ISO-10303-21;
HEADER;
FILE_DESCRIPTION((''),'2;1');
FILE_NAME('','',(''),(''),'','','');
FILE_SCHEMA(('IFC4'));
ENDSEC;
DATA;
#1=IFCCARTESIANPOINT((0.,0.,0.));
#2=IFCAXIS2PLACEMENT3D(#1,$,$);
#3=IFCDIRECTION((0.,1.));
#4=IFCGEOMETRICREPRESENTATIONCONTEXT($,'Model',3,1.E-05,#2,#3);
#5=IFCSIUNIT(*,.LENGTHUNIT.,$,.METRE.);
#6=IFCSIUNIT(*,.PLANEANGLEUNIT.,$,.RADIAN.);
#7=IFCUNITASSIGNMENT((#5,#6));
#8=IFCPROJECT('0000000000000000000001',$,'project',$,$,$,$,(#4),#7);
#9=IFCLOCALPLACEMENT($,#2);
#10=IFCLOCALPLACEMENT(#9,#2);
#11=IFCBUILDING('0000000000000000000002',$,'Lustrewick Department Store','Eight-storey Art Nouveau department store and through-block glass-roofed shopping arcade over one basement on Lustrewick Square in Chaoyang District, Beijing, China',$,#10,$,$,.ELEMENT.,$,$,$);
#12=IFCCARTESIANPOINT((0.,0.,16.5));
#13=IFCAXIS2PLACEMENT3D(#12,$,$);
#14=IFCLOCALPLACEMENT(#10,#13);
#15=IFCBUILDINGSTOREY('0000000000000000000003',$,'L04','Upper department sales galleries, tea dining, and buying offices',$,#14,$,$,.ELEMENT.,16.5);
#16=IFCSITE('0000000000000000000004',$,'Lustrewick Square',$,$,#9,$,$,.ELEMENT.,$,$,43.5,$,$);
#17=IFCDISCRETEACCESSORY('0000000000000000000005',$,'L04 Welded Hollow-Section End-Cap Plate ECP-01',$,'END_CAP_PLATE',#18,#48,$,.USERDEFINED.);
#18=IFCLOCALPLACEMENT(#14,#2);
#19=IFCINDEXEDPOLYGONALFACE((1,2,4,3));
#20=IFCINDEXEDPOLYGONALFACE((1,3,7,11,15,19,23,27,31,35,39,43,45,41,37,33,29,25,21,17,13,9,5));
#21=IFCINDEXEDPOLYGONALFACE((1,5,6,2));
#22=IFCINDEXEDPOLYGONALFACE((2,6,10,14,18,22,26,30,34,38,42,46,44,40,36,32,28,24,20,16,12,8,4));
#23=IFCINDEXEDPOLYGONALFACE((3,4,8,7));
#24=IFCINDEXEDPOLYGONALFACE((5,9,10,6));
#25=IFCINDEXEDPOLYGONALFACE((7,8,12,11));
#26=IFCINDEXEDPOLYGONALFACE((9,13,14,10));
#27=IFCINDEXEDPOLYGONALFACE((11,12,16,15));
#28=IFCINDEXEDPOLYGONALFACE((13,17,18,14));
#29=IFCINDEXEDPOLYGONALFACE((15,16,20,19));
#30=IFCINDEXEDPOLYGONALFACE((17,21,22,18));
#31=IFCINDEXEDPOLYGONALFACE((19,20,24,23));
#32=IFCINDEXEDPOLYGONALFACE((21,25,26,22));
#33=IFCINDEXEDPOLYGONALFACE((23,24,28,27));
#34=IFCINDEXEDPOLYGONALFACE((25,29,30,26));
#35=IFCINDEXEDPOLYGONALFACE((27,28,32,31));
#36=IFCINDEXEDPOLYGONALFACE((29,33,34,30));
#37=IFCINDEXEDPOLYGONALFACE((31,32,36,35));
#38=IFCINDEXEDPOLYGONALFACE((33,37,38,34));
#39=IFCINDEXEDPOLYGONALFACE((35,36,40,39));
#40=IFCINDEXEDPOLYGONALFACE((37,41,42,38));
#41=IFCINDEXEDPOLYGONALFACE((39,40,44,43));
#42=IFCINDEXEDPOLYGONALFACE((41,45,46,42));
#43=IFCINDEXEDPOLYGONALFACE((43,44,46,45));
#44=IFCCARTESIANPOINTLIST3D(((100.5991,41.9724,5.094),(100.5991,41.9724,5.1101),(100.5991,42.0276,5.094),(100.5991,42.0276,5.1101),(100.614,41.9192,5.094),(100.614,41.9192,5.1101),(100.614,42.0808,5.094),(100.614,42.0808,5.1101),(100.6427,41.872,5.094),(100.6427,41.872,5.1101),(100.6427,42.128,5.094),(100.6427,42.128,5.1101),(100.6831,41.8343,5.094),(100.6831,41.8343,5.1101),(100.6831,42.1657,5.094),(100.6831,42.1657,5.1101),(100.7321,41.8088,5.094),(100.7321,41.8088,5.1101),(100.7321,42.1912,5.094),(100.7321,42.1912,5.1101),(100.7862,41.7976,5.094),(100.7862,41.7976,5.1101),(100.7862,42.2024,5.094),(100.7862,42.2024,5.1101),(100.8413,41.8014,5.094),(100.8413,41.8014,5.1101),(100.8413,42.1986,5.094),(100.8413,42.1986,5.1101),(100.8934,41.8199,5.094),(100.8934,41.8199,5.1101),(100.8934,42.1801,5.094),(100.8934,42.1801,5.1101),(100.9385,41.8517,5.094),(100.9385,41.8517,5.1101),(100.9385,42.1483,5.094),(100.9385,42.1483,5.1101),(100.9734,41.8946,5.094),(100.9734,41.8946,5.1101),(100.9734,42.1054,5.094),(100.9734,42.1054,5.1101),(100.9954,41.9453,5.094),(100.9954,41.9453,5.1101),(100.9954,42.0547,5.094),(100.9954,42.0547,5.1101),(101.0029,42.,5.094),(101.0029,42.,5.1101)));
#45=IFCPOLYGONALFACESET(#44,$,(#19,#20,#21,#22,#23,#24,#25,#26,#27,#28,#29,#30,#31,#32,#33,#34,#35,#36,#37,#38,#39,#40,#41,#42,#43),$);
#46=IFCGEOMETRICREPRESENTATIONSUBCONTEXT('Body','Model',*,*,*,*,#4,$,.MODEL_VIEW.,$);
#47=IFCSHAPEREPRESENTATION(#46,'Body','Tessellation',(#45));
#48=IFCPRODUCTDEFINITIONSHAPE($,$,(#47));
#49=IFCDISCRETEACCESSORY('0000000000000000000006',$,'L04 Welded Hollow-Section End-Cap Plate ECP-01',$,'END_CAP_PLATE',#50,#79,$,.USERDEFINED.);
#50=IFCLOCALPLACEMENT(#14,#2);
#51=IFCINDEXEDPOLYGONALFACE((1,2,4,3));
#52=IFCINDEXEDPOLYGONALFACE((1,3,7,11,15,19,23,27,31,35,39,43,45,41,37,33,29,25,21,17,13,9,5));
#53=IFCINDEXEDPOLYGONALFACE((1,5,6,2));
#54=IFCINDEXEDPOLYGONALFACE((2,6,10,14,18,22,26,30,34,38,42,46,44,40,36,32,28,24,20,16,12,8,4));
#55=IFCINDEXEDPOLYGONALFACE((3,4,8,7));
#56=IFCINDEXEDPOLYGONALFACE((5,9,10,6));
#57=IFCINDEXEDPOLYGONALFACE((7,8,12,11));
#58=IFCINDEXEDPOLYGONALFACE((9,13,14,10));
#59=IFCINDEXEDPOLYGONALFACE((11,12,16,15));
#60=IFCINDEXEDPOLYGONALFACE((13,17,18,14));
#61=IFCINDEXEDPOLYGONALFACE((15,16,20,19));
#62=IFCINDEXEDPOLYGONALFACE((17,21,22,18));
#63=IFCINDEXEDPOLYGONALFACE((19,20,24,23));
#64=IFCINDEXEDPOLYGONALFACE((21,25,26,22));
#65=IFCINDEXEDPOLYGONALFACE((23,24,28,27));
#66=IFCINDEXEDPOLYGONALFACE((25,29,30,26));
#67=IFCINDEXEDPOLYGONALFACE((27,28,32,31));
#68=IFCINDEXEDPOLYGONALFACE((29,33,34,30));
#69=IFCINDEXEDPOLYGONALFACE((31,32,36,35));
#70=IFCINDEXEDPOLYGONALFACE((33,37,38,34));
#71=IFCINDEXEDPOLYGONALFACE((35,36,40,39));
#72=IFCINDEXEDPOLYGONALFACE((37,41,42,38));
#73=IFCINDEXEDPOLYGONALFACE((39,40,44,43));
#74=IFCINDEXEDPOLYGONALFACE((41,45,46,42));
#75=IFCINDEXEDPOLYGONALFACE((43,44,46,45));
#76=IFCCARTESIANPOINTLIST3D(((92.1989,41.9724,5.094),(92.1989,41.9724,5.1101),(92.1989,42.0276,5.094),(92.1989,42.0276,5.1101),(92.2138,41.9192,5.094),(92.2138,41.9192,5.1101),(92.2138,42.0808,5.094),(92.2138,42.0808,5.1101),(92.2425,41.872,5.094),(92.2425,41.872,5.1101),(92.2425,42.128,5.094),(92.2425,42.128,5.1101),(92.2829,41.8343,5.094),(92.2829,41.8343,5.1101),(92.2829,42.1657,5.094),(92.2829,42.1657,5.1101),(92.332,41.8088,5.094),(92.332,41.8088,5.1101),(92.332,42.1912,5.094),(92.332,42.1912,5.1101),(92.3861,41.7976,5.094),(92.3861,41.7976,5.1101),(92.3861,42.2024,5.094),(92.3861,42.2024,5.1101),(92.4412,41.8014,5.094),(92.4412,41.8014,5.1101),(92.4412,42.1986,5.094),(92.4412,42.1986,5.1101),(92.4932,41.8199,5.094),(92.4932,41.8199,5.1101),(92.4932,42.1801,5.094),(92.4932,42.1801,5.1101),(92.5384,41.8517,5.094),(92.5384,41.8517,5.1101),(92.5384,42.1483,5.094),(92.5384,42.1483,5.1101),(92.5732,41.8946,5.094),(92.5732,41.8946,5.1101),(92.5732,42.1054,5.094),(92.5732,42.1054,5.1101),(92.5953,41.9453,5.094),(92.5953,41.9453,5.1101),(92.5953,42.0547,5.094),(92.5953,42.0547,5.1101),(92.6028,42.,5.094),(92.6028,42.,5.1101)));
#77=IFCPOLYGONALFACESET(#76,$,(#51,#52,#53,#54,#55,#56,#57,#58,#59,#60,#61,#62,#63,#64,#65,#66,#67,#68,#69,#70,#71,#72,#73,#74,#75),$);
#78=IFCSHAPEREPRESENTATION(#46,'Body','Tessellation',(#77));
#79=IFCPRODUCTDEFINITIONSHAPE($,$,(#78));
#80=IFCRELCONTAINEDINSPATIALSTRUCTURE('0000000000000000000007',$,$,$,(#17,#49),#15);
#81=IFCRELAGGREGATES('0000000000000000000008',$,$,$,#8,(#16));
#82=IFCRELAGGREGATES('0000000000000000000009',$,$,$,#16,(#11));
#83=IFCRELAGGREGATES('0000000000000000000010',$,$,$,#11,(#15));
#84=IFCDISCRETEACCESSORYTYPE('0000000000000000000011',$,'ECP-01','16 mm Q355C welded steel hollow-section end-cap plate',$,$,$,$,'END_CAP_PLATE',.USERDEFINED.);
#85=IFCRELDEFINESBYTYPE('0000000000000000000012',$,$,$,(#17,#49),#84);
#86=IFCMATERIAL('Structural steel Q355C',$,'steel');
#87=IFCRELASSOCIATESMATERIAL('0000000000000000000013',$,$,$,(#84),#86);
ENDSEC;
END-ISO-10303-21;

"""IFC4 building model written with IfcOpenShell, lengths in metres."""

from ifc_helpers import new_model, si_unit, direction, frame, origin, origin_2d, place, context, subcontext, project, spatial, circle, extrude, material, type_object, element, save


model = new_model("IFC4")

# Units and contexts
model_context = context("Model", 3, precision=1e-05, world=origin(), true_north=direction((0.0, 1.0)))
body_context = subcontext(model_context, "Body", "Model", "MODEL_VIEW")
ifc_project = project(units=[si_unit("LENGTHUNIT", "METRE"), si_unit("PLANEANGLEUNIT", "RADIAN")], contexts=[model_context])

# Site, building, storey
site_placement = place(None, origin())
site = spatial("IfcSite", under=ifc_project, at=site_placement, Name="Lustrewick Square", CompositionType="ELEMENT", RefElevation=43.5)
building_placement = place(site_placement, origin())
building = spatial("IfcBuilding", under=site, at=building_placement, Name="Lustrewick Department Store", Description="Eight-storey Art Nouveau department store and through-block glass-roofed shopping arcade over one basement on Lustrewick Square in Chaoyang District, Beijing, China", CompositionType="ELEMENT")
storey_placement = place(building_placement, frame((0.0, 0.0, 16.5)))
storey = spatial("IfcBuildingStorey", under=building, at=storey_placement, Name="L04", Description="Upper department sales galleries, tea dining, and buying offices", CompositionType="ELEMENT", Elevation=16.5)

# Shared definitions
ifc_material_1 = material(Name="Structural steel Q355C", Category="steel")

# Discrete accessories
discrete_accessory_type = type_object("IfcDiscreteAccessoryType", Name="ECP-01", Description="16 mm Q355C welded steel hollow-section end-cap plate", ElementType="END_CAP_PLATE", PredefinedType="USERDEFINED", material=ifc_material_1)
for number, where, z_axis, x_axis, name in (
    (1, (100.8, 42.0, 5.094), (0.0, 0.0, 1.0), (1.0, 0.0, 0.0), "L04 Welded Hollow-Section End-Cap Plate ECP-01"),
    (2, (92.3999, 42.0, 5.094), (0.0, 0.0, 1.0), (1.0, 0.0, 0.0), "L04 Welded Hollow-Section End-Cap Plate ECP-01"),
):
    element("IfcDiscreteAccessory", number, at=place(storey_placement, frame(where, z_axis=z_axis, x_axis=x_axis)), inside=storey, type_object=discrete_accessory_type, Name=name, ObjectType="END_CAP_PLATE", PredefinedType="USERDEFINED", context=body_context, shape_type="SweptSolid", body=[
        extrude(circle(Radius=0.2029, at=origin_2d()), origin(), (0.0, 0.0, 1.0), 0.0161),
    ])

save(model, "model.ifc")
